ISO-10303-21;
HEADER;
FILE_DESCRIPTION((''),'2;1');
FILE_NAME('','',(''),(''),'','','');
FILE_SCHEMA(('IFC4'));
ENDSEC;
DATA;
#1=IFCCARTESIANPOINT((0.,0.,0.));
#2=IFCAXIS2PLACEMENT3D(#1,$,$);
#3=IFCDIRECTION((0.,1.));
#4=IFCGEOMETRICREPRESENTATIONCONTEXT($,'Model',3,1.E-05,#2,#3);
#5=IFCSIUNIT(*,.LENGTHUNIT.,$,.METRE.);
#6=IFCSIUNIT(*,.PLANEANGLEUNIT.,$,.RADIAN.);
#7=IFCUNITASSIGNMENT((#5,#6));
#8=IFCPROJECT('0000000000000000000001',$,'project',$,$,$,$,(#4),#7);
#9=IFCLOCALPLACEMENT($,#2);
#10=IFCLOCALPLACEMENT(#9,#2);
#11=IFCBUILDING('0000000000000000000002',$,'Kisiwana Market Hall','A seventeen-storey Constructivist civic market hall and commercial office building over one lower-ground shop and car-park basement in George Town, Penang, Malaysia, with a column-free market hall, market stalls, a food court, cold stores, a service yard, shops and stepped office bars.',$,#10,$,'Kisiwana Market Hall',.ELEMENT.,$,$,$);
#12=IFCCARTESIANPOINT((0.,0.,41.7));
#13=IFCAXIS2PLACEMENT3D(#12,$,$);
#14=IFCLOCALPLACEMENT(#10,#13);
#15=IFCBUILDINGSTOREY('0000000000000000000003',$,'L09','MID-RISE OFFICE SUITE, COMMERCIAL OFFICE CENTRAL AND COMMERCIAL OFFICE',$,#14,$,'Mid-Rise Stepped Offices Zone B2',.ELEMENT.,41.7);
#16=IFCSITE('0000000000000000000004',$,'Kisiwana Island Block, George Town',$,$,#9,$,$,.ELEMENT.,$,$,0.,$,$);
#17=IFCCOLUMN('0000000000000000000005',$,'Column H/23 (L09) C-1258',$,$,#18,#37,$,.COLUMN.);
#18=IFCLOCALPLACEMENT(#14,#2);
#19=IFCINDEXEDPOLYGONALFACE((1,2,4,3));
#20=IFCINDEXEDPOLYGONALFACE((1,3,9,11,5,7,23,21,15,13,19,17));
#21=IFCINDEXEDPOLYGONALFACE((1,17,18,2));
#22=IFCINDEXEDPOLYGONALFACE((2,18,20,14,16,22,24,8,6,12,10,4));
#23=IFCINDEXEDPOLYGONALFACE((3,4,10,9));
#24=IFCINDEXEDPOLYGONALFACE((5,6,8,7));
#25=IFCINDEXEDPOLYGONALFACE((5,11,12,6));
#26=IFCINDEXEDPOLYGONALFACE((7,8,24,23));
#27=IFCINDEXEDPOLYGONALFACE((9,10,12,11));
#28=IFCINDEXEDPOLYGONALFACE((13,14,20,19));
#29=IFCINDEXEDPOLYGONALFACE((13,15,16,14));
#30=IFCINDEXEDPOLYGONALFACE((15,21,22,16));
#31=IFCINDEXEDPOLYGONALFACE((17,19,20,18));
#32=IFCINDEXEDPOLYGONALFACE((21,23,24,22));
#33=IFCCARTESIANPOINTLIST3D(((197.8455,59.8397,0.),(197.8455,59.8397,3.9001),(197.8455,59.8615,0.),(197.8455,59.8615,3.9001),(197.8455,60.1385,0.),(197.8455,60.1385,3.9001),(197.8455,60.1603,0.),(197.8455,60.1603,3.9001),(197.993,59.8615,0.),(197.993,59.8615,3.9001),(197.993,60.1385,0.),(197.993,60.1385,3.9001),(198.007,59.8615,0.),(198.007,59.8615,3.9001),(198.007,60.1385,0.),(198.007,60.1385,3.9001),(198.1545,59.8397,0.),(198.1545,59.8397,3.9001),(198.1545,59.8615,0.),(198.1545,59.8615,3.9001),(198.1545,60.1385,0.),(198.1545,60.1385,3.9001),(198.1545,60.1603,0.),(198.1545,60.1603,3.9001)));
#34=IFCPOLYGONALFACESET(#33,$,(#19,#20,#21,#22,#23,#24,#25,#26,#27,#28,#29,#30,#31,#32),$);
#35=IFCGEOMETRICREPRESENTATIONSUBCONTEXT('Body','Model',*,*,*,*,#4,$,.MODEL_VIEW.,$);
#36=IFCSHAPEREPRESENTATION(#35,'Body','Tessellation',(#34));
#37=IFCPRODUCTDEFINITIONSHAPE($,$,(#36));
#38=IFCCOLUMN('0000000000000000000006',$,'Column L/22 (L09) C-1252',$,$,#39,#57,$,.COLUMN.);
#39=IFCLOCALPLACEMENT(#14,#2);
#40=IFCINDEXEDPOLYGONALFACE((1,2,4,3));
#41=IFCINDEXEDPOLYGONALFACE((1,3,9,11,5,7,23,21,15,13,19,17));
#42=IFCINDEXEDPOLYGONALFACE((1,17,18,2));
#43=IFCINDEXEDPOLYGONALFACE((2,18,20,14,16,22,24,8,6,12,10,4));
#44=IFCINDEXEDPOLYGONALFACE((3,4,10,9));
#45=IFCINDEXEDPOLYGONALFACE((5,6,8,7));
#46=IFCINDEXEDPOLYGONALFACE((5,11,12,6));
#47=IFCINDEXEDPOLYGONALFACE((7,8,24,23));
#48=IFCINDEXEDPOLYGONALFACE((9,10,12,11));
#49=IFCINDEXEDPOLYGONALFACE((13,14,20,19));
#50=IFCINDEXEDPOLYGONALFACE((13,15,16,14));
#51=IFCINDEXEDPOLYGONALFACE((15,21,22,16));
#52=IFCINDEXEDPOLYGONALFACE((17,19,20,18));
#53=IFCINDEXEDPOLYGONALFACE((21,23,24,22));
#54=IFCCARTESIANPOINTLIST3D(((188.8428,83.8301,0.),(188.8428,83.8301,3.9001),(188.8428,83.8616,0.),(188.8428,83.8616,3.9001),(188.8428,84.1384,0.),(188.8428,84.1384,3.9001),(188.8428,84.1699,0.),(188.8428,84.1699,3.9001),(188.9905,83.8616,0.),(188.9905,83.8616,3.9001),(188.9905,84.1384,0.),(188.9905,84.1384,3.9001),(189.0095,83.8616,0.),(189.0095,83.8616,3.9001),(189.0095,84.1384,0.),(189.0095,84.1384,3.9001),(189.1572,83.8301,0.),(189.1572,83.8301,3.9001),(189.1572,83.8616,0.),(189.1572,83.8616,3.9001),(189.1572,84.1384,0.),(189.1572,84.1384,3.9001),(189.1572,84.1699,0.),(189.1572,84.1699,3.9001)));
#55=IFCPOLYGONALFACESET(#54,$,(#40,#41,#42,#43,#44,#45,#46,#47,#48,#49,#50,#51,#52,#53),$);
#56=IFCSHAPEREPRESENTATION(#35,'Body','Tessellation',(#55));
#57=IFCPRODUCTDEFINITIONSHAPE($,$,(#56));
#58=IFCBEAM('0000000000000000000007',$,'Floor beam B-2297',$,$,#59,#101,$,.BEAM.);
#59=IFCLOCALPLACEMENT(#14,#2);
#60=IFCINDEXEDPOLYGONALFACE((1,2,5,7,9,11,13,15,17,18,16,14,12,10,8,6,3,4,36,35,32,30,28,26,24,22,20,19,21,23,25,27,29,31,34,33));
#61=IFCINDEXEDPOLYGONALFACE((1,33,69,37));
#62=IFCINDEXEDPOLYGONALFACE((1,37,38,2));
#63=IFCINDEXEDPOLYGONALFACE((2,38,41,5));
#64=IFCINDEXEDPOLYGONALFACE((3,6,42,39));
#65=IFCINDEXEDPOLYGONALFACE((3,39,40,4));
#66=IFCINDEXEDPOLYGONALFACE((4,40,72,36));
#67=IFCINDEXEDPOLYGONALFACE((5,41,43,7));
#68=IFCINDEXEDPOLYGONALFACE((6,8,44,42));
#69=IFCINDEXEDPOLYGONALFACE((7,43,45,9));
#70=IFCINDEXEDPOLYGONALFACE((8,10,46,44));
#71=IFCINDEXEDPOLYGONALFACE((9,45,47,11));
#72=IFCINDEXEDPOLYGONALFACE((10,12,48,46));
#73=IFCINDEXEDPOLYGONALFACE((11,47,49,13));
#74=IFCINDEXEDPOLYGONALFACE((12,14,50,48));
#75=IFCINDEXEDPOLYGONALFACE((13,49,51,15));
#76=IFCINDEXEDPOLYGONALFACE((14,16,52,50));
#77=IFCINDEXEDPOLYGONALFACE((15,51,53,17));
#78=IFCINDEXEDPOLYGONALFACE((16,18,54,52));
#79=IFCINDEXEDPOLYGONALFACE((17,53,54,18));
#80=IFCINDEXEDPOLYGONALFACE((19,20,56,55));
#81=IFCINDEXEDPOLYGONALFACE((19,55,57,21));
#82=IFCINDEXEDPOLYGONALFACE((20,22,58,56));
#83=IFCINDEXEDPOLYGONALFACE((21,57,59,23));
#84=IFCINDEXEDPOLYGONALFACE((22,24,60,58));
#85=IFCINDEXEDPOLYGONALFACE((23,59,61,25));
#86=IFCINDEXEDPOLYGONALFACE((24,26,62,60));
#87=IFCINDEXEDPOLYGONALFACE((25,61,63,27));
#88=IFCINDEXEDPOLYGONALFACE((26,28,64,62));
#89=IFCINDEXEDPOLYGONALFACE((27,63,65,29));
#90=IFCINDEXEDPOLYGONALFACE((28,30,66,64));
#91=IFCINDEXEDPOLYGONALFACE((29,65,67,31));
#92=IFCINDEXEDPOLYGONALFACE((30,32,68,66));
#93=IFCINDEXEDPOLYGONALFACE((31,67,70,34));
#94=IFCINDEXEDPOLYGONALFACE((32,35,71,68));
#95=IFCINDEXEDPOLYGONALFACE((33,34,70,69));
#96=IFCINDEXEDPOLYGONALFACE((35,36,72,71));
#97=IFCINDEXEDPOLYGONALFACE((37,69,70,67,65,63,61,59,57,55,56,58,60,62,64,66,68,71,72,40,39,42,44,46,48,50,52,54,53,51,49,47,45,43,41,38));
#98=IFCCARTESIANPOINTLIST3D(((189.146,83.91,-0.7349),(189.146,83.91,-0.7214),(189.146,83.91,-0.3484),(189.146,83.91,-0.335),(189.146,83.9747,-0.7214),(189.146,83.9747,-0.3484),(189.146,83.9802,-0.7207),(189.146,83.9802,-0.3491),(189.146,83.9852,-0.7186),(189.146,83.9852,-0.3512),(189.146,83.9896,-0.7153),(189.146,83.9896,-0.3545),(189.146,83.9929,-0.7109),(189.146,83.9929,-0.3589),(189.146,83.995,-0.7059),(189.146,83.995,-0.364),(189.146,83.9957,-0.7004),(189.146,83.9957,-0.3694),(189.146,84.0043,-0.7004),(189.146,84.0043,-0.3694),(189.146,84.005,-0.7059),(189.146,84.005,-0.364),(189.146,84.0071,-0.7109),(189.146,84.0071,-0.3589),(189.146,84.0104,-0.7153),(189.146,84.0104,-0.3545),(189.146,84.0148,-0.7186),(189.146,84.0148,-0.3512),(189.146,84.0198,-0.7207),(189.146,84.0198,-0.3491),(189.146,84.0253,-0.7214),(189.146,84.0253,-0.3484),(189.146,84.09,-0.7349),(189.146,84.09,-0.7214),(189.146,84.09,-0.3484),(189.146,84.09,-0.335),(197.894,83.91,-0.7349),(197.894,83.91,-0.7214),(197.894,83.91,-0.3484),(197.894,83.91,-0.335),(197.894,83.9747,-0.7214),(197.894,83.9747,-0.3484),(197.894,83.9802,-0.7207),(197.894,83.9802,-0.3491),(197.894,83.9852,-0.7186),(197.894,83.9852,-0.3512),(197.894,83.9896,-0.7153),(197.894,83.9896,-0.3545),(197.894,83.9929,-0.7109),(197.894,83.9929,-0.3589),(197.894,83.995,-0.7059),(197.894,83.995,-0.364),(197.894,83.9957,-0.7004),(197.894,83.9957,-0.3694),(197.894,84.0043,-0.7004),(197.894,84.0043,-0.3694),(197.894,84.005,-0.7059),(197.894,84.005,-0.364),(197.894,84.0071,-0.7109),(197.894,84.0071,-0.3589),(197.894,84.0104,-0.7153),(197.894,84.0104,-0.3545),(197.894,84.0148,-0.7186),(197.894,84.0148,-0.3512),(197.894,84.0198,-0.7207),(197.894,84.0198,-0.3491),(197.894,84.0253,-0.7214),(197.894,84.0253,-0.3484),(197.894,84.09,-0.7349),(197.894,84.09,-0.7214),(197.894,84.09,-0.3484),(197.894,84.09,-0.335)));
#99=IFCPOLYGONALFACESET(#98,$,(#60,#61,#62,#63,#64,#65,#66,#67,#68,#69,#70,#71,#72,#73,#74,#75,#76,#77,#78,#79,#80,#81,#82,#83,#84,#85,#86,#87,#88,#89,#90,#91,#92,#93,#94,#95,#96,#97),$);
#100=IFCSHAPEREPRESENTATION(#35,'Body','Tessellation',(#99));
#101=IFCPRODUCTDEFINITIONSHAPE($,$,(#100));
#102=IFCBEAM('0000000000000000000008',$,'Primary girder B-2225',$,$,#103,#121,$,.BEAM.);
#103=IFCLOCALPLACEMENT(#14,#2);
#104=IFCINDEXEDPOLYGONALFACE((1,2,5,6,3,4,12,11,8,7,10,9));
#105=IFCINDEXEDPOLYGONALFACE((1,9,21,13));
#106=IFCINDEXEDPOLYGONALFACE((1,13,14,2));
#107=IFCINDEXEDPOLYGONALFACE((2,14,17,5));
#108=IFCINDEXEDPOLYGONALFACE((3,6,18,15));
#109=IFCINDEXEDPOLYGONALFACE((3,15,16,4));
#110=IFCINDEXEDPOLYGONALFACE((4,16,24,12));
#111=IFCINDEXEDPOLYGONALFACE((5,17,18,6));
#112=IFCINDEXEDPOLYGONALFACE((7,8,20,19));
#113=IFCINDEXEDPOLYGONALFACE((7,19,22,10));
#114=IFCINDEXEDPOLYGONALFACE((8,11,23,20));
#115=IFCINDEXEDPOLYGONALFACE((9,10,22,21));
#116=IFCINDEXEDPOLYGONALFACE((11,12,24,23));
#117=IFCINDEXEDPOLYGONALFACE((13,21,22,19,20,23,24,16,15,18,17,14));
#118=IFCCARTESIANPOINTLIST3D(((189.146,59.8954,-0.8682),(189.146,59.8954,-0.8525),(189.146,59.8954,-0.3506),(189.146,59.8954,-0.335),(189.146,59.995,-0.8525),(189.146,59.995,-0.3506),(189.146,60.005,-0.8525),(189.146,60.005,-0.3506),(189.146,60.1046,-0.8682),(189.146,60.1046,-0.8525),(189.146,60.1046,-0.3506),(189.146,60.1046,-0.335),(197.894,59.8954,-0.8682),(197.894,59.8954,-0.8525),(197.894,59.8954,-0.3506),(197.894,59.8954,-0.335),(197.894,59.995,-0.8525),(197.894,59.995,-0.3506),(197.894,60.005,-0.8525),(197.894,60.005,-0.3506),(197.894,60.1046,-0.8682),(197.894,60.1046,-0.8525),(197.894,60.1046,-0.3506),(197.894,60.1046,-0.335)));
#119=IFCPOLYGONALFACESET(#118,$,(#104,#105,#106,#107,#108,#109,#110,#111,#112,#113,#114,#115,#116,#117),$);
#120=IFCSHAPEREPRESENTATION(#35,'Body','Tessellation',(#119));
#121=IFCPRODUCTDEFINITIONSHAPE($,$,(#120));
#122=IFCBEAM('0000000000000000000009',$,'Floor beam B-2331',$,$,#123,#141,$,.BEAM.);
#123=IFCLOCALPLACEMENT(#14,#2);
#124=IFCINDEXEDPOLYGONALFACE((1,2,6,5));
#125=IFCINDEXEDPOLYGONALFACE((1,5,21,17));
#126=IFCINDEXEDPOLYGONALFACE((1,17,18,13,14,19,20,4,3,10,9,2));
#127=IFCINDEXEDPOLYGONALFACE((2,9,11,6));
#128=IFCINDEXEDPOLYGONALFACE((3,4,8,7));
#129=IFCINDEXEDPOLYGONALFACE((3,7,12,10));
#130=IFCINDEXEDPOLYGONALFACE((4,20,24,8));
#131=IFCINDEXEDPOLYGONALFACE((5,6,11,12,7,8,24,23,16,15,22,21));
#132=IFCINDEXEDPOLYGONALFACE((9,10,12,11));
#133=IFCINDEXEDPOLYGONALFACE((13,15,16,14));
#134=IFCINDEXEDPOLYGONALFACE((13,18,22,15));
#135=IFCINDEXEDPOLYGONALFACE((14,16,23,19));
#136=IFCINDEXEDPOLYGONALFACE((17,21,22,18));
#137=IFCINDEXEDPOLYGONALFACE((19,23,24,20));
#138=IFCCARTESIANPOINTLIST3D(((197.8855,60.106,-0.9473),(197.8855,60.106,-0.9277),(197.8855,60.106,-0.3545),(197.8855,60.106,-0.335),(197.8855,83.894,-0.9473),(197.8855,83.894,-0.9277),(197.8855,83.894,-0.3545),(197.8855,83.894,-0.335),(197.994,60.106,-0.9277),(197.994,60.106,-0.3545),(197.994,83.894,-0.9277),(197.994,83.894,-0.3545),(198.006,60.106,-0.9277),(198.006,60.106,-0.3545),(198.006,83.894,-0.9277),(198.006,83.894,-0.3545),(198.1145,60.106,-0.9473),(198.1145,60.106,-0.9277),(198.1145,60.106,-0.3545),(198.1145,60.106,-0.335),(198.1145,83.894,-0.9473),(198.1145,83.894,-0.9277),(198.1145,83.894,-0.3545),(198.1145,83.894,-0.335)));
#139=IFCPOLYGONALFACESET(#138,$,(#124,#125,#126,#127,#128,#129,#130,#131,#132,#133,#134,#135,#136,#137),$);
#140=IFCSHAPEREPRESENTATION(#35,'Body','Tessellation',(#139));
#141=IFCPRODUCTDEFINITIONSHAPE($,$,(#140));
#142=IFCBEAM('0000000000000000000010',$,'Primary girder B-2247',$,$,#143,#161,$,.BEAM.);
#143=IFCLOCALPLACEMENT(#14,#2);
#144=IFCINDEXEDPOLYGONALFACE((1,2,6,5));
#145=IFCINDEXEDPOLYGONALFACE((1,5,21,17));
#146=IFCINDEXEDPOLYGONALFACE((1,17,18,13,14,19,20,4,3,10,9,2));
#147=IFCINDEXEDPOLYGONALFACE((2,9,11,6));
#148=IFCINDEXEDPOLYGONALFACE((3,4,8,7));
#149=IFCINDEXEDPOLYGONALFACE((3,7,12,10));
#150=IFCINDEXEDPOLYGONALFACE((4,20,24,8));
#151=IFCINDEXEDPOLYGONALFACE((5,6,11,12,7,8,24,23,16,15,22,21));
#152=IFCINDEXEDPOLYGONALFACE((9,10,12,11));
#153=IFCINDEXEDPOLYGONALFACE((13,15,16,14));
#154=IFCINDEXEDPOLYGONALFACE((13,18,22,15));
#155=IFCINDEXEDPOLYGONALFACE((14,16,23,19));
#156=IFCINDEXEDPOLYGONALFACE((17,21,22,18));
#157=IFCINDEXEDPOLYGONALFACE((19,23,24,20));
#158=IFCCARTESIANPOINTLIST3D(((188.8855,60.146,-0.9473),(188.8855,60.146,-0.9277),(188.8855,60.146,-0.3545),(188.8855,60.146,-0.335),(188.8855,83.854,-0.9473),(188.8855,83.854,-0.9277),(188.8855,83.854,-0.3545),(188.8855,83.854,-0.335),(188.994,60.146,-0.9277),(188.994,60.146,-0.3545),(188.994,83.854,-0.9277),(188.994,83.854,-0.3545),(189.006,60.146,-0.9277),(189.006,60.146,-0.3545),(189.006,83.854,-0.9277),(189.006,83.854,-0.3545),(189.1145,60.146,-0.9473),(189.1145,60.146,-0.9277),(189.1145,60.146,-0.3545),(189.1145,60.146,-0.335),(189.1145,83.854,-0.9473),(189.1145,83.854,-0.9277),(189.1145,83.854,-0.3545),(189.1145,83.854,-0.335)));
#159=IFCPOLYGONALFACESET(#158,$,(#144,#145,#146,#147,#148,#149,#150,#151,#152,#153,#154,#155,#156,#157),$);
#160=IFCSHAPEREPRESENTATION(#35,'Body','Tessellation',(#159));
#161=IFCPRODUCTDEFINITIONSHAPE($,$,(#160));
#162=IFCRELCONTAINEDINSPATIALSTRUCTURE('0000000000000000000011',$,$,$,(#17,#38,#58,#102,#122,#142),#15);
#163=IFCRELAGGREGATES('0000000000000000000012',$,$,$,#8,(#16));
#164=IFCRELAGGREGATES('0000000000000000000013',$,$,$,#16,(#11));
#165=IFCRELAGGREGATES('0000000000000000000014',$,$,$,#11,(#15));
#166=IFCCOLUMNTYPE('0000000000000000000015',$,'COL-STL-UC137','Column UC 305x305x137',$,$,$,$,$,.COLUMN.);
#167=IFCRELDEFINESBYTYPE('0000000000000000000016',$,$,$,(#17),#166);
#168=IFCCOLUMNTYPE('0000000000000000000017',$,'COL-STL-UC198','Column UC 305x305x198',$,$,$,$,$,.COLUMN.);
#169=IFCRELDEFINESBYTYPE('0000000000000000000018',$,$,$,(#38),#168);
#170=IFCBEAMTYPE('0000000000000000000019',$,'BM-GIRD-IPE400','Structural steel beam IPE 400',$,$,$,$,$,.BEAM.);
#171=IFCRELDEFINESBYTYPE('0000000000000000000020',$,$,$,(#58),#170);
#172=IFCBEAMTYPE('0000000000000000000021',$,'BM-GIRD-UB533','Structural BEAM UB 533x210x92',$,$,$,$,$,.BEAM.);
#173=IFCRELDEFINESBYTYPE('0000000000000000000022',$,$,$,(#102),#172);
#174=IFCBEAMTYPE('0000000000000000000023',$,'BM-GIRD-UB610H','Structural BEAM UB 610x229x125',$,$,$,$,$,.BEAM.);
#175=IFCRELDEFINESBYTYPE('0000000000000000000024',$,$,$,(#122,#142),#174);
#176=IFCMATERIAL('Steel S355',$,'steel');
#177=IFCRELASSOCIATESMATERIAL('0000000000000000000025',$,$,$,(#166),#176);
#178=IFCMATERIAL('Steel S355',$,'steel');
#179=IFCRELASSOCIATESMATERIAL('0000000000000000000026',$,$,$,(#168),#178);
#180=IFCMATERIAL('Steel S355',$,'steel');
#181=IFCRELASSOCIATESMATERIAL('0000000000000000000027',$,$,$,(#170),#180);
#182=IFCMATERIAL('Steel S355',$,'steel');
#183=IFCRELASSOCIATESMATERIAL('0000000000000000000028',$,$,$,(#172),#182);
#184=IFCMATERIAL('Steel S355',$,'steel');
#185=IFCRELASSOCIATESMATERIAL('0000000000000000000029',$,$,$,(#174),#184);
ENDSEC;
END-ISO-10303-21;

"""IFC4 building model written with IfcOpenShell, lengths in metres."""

from ifc_helpers import new_model, si_unit, direction, frame, origin, origin_2d, place, context, subcontext, project, spatial, i_section, extrude, material, material_profile, profile_set, type_object, element, save


model = new_model("IFC4")

# Units and contexts
model_context = context("Model", 3, precision=1e-05, world=origin(), true_north=direction((0.0, 1.0)))
body_context = subcontext(model_context, "Body", "Model", "MODEL_VIEW")
ifc_project = project(units=[si_unit("LENGTHUNIT", "METRE"), si_unit("PLANEANGLEUNIT", "RADIAN")], contexts=[model_context])

# Site, building, storey
site_placement = place(None, origin())
site = spatial("IfcSite", under=ifc_project, at=site_placement, Name="Kisiwana Island Block, George Town", CompositionType="ELEMENT", RefElevation=0.0)
building_placement = place(site_placement, origin())
building = spatial("IfcBuilding", under=site, at=building_placement, Name="Kisiwana Market Hall", Description="A seventeen-storey Constructivist civic market hall and commercial office building over one lower-ground shop and car-park basement in George Town, Penang, Malaysia, with a column-free market hall, market stalls, a food court, cold stores, a service yard, shops and stepped office bars.", LongName="Kisiwana Market Hall", CompositionType="ELEMENT")
storey_placement = place(building_placement, frame((0.0, 0.0, 41.7)))
storey = spatial("IfcBuildingStorey", under=building, at=storey_placement, Name="L09", Description="MID-RISE OFFICE SUITE, COMMERCIAL OFFICE CENTRAL AND COMMERCIAL OFFICE", LongName="Mid-Rise Stepped Offices Zone B2", CompositionType="ELEMENT", Elevation=41.7)

# Columns
ifc_material_1 = material(Name="Steel S355", Category="steel")
ifc_material_profile_1 = material_profile(ifc_material_1, i_section(OverallWidth=0.3091, OverallDepth=0.3206, WebThickness=0.0139, FlangeThickness=0.0217, at=origin_2d()), Name="UC 305x305x137")
ifc_profile_set_1 = profile_set([ifc_material_profile_1], Name="Steel S355")
column_type_1 = type_object("IfcColumnType", Name="COL-STL-UC137", Description="Column UC 305x305x137", PredefinedType="COLUMN", material=ifc_profile_set_1)
column_1_placement = place(storey_placement, frame((198.0, 60.0, 0.0), z_axis=(0.0, 0.0, 1.0), x_axis=(1.0, 0.0, 0.0)))
element("IfcColumn", 1, at=column_1_placement, inside=storey, type_object=column_type_1, Name="Column H/23 (L09) C-1258", PredefinedType="COLUMN", context=body_context, shape_type="SweptSolid", body=[
    extrude(i_section(OverallWidth=0.3091, OverallDepth=0.3206, WebThickness=0.0139, FlangeThickness=0.0217, at=origin_2d()), origin(), (0.0, 0.0, 1.0), 3.9001),
])
ifc_material_2 = material(Name="Steel S355", Category="steel")
ifc_material_profile_2 = material_profile(ifc_material_2, i_section(OverallWidth=0.3145, OverallDepth=0.3398, WebThickness=0.019, FlangeThickness=0.0315, at=origin_2d()), Name="UC 305x305x198")
ifc_profile_set_2 = profile_set([ifc_material_profile_2], Name="Steel S355")
column_type_2 = type_object("IfcColumnType", Name="COL-STL-UC198", Description="Column UC 305x305x198", PredefinedType="COLUMN", material=ifc_profile_set_2)
column_2_placement = place(storey_placement, frame((189.0, 84.0, 0.0), z_axis=(0.0, 0.0, 1.0), x_axis=(1.0, 0.0, 0.0)))
element("IfcColumn", 2, at=column_2_placement, inside=storey, type_object=column_type_2, Name="Column L/22 (L09) C-1252", PredefinedType="COLUMN", context=body_context, shape_type="SweptSolid", body=[
    extrude(i_section(OverallWidth=0.3145, OverallDepth=0.3398, WebThickness=0.019, FlangeThickness=0.0315, at=origin_2d()), origin(), (0.0, 0.0, 1.0), 3.9001),
])

# Beams
ifc_material_3 = material(Name="Steel S355", Category="steel")
ifc_material_profile_3 = material_profile(ifc_material_3, i_section(OverallWidth=0.1799, OverallDepth=0.3999, WebThickness=0.0085, FlangeThickness=0.0134, FilletRadius=0.021, at=origin_2d()), Name="IPE 400")
ifc_profile_set_3 = profile_set([ifc_material_profile_3], Name="Steel S355")
beam_type_1 = type_object("IfcBeamType", Name="BM-GIRD-IPE400", Description="Structural steel beam IPE 400", PredefinedType="BEAM", material=ifc_profile_set_3)
beam_1_placement = place(storey_placement, frame((189.146, 84.0, -0.5349), z_axis=(1.0, 0.0, 0.0), x_axis=(0.0, 1.0, 0.0)))
element("IfcBeam", 3, at=beam_1_placement, inside=storey, type_object=beam_type_1, Name="Floor beam B-2297", PredefinedType="BEAM", context=body_context, shape_type="SweptSolid", body=[
    extrude(i_section(OverallWidth=0.1799, OverallDepth=0.3999, WebThickness=0.0085, FlangeThickness=0.0134, FilletRadius=0.021, at=origin_2d()), origin(), (0.0, 0.0, 1.0), 8.748),
])
ifc_material_4 = material(Name="Steel S355", Category="steel")
ifc_material_profile_4 = material_profile(ifc_material_4, i_section(OverallWidth=0.2092, OverallDepth=0.5332, WebThickness=0.01, FlangeThickness=0.0156, at=origin_2d()), Name="UB 533x210x92")
ifc_profile_set_4 = profile_set([ifc_material_profile_4], Name="Steel S355")
beam_type_2 = type_object("IfcBeamType", Name="BM-GIRD-UB533", Description="Structural BEAM UB 533x210x92", PredefinedType="BEAM", material=ifc_profile_set_4)
beam_2_placement = place(storey_placement, frame((189.146, 60.0, -0.6016), z_axis=(1.0, 0.0, 0.0), x_axis=(0.0, 1.0, 0.0)))
element("IfcBeam", 4, at=beam_2_placement, inside=storey, type_object=beam_type_2, Name="Primary girder B-2225", PredefinedType="BEAM", context=body_context, shape_type="SweptSolid", body=[
    extrude(i_section(OverallWidth=0.2092, OverallDepth=0.5332, WebThickness=0.01, FlangeThickness=0.0156, at=origin_2d()), origin(), (0.0, 0.0, 1.0), 8.748),
])
ifc_material_5 = material(Name="Steel S355", Category="steel")
ifc_material_profile_5 = material_profile(ifc_material_5, i_section(OverallWidth=0.229, OverallDepth=0.6123, WebThickness=0.012, FlangeThickness=0.0195, at=origin_2d()), Name="UB 610x229x125")
ifc_profile_set_5 = profile_set([ifc_material_profile_5], Name="Steel S355")
beam_type_3 = type_object("IfcBeamType", Name="BM-GIRD-UB610H", Description="Structural BEAM UB 610x229x125", PredefinedType="BEAM", material=ifc_profile_set_5)
beam_3_placement = place(storey_placement, frame((198.0, 60.106, -0.6411), z_axis=(0.0, 1.0, 0.0), x_axis=(-1.0, 0.0, 0.0)))
element("IfcBeam", 5, at=beam_3_placement, inside=storey, type_object=beam_type_3, Name="Floor beam B-2331", PredefinedType="BEAM", context=body_context, shape_type="SweptSolid", body=[
    extrude(i_section(OverallWidth=0.229, OverallDepth=0.6123, WebThickness=0.012, FlangeThickness=0.0195, at=origin_2d()), origin(), (0.0, 0.0, 1.0), 23.7881),
])
beam_4_placement = place(storey_placement, frame((189.0, 60.146, -0.6411), z_axis=(0.0, 1.0, 0.0), x_axis=(-1.0, 0.0, 0.0)))
element("IfcBeam", 6, at=beam_4_placement, inside=storey, type_object=beam_type_3, Name="Primary girder B-2247", PredefinedType="BEAM", context=body_context, shape_type="SweptSolid", body=[
    extrude(i_section(OverallWidth=0.229, OverallDepth=0.6123, WebThickness=0.012, FlangeThickness=0.0195, at=origin_2d()), origin(), (0.0, 0.0, 1.0), 23.708),
])

save(model, "model.ifc")
